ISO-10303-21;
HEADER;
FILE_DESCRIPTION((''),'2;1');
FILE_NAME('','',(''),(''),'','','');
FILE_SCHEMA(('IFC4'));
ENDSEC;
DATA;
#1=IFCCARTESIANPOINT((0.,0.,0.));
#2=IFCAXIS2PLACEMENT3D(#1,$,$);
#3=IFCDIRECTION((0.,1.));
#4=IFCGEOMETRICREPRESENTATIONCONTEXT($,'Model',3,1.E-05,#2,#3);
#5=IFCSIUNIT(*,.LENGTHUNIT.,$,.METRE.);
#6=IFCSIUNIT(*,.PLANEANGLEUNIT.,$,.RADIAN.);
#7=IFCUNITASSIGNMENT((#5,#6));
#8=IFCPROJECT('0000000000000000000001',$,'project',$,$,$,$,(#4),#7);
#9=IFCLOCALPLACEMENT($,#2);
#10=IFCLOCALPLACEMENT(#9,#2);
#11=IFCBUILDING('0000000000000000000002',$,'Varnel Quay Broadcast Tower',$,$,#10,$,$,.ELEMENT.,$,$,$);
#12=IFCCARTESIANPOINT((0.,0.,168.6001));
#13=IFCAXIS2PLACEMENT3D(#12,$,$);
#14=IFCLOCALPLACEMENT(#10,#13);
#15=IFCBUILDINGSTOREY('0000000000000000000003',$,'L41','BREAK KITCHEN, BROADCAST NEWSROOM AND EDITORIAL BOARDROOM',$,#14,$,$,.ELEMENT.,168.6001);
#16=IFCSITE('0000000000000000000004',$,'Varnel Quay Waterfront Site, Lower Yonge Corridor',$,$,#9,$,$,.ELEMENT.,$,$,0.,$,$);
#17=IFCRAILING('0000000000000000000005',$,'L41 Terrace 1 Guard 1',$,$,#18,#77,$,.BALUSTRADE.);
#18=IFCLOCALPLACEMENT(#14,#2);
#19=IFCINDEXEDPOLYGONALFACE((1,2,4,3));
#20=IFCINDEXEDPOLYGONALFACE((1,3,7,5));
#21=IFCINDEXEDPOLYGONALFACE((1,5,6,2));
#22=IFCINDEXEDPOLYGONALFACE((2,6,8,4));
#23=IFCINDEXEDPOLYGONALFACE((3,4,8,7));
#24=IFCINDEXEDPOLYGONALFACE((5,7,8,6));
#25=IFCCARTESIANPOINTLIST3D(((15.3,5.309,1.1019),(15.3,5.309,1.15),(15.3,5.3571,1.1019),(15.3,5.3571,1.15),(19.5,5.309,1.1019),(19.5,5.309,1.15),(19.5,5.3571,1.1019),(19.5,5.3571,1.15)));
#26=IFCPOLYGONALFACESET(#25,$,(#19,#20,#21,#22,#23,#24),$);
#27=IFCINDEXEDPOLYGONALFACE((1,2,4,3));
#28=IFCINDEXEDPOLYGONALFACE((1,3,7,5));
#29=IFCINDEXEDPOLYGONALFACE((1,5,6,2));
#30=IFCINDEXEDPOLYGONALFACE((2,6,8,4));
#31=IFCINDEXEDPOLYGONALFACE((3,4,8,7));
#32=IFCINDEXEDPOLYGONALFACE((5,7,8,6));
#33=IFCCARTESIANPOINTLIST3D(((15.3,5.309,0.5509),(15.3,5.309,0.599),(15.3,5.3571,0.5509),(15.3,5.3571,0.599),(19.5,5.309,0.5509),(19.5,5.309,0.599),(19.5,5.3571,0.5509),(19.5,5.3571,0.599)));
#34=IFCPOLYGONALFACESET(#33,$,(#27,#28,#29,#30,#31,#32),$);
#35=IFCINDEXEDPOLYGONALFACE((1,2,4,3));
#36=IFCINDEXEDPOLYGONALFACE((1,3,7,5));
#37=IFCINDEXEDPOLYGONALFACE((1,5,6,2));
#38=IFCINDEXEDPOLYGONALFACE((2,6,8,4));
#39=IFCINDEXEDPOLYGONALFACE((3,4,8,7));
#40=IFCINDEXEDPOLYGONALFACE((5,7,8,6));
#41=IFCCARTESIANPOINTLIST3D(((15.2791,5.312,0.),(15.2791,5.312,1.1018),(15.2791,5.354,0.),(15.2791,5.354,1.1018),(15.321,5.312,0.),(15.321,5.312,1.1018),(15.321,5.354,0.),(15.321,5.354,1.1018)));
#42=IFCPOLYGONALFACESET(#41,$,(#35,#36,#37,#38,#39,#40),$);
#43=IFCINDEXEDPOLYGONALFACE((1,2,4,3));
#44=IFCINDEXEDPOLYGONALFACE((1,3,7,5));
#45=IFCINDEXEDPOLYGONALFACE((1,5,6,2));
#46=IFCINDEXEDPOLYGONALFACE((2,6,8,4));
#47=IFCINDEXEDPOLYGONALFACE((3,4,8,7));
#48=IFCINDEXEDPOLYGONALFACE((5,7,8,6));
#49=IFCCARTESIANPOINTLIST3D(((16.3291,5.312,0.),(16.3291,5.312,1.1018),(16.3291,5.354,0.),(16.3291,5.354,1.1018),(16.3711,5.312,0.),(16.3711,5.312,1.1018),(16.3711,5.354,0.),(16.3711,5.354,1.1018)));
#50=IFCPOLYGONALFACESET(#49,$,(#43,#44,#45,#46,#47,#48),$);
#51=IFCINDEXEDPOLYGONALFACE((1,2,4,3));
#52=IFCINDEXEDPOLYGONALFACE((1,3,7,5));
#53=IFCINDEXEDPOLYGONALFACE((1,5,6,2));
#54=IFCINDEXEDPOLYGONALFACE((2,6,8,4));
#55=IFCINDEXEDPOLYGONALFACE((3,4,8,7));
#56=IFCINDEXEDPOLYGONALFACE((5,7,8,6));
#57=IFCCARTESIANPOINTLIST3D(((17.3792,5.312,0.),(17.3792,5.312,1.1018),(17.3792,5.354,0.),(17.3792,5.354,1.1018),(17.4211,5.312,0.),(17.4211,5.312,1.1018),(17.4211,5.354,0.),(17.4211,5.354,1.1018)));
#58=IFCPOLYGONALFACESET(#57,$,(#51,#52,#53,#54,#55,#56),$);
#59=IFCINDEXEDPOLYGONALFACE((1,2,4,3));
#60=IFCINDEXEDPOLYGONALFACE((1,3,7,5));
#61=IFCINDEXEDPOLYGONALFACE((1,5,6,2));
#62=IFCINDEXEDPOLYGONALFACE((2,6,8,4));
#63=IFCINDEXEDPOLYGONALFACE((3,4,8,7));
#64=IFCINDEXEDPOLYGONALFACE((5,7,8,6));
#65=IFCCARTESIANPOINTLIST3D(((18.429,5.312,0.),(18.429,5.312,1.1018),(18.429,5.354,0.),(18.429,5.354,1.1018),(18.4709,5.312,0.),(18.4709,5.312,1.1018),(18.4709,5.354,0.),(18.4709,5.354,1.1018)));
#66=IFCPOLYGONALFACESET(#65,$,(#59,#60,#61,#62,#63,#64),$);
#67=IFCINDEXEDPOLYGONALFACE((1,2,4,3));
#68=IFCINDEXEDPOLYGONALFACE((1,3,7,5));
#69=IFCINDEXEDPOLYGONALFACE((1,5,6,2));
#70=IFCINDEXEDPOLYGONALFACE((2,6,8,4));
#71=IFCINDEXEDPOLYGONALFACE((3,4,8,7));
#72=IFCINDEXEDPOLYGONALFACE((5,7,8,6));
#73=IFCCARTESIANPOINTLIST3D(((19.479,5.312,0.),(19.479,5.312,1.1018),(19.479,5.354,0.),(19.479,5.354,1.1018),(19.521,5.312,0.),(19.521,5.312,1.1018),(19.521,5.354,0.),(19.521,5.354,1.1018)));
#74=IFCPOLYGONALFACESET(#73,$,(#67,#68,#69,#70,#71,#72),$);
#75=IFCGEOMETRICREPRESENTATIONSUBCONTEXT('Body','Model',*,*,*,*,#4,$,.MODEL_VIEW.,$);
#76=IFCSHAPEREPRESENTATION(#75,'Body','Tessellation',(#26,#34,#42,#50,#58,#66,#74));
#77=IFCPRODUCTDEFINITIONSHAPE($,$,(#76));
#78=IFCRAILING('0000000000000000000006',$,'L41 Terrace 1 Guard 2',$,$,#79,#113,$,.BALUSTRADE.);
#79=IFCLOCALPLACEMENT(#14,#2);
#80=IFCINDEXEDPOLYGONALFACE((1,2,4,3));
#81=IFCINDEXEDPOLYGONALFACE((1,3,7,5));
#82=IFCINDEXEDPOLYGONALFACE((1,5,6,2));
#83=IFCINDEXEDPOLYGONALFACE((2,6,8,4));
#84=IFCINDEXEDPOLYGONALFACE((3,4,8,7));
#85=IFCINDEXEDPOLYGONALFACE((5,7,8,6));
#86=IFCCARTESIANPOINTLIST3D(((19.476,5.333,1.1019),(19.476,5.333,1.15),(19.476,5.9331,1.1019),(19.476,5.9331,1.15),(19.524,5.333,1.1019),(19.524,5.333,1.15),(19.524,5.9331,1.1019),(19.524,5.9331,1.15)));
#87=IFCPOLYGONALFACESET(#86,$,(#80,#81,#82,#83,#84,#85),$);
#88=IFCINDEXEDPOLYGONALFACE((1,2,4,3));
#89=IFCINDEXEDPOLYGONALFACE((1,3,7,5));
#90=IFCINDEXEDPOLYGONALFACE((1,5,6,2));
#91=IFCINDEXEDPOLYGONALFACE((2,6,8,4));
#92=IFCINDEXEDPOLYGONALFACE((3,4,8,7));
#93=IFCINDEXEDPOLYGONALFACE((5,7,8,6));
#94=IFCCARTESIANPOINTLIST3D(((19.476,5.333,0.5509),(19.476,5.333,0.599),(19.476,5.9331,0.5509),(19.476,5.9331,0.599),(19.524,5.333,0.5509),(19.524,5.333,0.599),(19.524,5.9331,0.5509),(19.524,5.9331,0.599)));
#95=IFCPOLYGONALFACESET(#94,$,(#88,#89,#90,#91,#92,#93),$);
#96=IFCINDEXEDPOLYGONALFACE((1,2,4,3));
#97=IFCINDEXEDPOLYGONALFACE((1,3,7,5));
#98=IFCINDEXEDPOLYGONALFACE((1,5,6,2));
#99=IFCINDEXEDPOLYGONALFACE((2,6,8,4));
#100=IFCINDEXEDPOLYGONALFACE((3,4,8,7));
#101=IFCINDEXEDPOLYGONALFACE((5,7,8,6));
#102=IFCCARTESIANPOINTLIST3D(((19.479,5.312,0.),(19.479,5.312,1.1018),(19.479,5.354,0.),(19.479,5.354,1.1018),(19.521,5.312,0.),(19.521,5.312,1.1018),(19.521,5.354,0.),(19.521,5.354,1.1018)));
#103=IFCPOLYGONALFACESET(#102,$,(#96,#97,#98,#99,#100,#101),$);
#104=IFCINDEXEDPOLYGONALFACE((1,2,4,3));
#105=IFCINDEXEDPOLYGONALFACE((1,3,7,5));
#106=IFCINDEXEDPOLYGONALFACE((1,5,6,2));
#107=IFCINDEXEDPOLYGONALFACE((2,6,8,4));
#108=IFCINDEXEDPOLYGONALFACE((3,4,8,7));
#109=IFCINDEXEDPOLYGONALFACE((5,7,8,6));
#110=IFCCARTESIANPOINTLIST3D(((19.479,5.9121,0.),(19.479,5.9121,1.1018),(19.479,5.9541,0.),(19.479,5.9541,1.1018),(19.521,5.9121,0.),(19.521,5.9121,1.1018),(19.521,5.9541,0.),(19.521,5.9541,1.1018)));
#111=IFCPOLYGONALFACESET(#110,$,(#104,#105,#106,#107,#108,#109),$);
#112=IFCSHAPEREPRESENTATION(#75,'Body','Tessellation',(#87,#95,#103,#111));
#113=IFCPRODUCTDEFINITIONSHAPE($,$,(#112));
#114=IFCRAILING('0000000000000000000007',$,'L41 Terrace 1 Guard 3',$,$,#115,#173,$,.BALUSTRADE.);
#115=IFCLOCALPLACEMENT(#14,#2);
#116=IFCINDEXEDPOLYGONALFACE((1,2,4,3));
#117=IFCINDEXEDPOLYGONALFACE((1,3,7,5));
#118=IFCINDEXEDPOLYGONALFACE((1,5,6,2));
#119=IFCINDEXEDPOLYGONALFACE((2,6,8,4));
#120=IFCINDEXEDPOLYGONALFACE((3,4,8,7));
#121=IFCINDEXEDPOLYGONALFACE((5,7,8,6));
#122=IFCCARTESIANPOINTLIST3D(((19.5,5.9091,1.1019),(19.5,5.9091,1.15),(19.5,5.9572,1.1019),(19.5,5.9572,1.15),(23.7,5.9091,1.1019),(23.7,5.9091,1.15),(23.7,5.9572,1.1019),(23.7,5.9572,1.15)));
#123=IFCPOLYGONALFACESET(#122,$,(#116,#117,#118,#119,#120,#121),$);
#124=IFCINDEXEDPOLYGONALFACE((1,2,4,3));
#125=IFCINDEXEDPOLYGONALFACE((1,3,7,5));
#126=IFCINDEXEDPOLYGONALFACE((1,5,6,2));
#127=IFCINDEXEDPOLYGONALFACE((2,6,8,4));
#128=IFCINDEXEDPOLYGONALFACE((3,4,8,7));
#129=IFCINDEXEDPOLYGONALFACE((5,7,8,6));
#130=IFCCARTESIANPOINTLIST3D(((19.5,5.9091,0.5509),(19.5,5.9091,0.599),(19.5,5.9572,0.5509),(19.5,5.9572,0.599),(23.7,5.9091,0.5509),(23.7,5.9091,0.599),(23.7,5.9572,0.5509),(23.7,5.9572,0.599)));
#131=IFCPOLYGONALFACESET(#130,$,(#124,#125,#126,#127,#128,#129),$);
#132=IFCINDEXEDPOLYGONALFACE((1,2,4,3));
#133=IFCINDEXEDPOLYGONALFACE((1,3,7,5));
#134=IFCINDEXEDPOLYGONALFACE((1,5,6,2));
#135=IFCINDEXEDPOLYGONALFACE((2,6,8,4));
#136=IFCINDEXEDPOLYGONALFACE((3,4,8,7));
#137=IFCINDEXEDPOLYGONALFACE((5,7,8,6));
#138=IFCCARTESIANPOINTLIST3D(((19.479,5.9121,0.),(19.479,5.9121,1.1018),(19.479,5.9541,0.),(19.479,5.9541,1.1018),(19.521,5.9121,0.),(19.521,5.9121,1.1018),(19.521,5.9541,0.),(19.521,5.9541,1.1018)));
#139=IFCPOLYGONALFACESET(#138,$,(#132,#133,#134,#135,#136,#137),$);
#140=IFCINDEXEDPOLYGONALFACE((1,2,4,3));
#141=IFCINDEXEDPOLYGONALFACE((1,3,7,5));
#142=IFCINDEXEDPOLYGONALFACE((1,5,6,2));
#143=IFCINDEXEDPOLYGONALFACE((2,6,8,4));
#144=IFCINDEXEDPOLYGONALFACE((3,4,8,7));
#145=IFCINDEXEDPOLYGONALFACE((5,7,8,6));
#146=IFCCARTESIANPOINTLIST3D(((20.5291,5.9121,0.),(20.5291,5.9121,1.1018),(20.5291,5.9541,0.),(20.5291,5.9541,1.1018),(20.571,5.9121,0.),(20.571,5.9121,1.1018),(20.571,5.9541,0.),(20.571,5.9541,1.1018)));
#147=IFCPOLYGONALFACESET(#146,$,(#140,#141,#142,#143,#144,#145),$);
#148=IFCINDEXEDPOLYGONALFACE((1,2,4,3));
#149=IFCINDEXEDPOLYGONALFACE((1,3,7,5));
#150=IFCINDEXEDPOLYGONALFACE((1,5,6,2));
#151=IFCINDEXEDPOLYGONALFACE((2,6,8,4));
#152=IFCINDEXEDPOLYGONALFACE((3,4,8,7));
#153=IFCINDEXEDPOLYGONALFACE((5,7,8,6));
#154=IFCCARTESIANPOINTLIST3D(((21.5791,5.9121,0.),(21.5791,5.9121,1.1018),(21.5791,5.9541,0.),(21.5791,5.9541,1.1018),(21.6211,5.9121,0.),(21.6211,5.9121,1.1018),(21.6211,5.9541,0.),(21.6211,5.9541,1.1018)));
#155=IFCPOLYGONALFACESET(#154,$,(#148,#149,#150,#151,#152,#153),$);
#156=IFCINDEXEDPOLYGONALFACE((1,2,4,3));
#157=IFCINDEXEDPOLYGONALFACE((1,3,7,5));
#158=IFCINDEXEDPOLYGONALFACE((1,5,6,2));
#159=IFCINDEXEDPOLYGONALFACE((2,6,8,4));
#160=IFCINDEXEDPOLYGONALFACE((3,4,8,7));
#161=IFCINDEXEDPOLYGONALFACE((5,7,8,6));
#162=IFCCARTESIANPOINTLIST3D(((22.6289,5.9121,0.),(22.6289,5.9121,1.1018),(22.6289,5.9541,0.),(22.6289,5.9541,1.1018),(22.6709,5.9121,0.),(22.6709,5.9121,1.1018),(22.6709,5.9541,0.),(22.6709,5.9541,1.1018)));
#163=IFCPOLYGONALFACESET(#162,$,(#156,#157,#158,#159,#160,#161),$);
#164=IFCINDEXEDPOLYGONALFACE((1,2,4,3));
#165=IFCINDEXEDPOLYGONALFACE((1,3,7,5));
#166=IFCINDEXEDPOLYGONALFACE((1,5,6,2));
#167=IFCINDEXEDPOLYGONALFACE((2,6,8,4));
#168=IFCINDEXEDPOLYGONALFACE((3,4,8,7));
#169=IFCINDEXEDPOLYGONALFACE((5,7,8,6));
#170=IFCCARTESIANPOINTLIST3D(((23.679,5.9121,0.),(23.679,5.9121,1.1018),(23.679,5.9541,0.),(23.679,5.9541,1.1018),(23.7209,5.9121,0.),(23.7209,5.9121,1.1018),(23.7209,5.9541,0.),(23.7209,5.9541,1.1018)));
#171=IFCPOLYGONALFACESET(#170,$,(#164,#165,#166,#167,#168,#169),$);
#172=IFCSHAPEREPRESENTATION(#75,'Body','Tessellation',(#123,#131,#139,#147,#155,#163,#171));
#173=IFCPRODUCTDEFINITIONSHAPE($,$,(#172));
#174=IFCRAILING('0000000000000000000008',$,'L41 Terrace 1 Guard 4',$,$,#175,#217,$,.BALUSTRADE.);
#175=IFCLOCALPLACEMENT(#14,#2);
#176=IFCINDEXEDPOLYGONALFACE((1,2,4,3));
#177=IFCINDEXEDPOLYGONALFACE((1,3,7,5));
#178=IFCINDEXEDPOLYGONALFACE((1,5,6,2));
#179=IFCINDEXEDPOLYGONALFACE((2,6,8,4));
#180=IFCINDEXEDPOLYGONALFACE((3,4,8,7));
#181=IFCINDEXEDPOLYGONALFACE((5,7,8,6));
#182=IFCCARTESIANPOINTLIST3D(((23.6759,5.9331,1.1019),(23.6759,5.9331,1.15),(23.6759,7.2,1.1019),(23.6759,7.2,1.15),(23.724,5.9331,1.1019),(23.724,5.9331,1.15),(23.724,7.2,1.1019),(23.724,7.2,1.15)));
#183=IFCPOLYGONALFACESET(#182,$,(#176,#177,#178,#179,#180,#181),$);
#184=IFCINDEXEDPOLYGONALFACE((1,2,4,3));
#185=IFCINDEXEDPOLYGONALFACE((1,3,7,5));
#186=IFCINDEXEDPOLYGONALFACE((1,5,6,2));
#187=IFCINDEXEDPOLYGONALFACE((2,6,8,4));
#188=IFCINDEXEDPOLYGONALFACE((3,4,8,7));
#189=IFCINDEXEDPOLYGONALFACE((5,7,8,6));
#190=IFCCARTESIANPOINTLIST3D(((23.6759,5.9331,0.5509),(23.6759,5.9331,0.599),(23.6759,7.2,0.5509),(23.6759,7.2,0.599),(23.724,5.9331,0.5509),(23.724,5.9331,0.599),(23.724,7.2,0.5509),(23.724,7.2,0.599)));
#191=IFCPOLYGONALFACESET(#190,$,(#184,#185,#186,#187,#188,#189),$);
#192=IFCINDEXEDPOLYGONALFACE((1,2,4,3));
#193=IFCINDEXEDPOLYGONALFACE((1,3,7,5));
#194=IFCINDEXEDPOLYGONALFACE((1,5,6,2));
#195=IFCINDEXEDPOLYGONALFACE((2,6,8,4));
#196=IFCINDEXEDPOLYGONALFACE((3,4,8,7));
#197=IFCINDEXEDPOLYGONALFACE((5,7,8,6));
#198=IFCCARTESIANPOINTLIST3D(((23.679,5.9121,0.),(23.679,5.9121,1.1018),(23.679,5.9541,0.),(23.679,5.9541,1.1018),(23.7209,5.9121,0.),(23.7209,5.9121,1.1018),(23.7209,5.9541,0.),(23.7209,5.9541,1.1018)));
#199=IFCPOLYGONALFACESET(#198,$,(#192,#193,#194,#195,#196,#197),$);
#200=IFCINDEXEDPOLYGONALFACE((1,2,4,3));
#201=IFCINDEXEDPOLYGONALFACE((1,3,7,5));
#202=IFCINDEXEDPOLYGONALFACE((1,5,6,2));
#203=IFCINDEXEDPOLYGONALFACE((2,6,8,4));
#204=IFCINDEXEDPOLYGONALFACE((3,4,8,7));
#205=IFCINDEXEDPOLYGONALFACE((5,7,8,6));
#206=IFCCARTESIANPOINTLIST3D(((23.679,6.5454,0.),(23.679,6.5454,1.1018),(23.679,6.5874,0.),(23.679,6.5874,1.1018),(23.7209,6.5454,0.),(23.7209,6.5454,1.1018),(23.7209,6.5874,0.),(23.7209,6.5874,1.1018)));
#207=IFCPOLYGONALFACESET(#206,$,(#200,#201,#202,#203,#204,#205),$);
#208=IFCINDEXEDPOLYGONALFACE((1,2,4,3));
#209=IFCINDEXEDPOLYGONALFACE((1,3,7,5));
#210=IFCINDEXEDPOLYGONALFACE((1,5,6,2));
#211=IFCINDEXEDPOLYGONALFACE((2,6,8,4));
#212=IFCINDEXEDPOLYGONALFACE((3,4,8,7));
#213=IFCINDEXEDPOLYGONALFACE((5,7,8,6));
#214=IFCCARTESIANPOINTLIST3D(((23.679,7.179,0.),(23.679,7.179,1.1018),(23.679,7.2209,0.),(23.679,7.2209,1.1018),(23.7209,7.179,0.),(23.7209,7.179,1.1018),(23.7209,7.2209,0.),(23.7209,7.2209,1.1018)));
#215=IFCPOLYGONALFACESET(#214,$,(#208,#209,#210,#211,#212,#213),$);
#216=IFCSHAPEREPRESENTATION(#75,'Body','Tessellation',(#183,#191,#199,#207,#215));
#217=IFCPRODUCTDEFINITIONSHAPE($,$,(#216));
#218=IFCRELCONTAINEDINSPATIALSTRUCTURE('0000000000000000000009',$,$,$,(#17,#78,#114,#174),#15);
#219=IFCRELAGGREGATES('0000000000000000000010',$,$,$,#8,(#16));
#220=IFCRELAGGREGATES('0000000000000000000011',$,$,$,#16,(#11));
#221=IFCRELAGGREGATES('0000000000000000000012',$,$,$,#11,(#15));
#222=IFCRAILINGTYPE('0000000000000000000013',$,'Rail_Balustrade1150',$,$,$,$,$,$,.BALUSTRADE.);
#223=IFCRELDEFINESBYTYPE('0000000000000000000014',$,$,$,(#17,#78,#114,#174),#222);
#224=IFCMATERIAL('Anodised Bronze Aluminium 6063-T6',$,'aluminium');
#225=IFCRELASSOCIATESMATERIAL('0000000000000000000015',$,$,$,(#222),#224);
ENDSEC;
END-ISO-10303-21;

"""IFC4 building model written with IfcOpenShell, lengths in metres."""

from ifc_helpers import new_model, si_unit, direction, frame, origin, origin_2d, place, context, subcontext, project, spatial, rectangle, extrude, material, type_object, element, save


model = new_model("IFC4")

# Units and contexts
model_context = context("Model", 3, precision=1e-05, world=origin(), true_north=direction((0.0, 1.0)))
body_context = subcontext(model_context, "Body", "Model", "MODEL_VIEW")
ifc_project = project(units=[si_unit("LENGTHUNIT", "METRE"), si_unit("PLANEANGLEUNIT", "RADIAN")], contexts=[model_context])

# Site, building, storey
site_placement = place(None, origin())
site = spatial("IfcSite", under=ifc_project, at=site_placement, Name="Varnel Quay Waterfront Site, Lower Yonge Corridor", CompositionType="ELEMENT", RefElevation=0.0)
building_placement = place(site_placement, origin())
building = spatial("IfcBuilding", under=site, at=building_placement, Name="Varnel Quay Broadcast Tower", CompositionType="ELEMENT")
storey_placement = place(building_placement, frame((0.0, 0.0, 168.6001)))
storey = spatial("IfcBuildingStorey", under=building, at=storey_placement, Name="L41", Description="BREAK KITCHEN, BROADCAST NEWSROOM AND EDITORIAL BOARDROOM", CompositionType="ELEMENT", Elevation=168.6001)

# Shared definitions
ifc_material_1 = material(Name="Anodised Bronze Aluminium 6063-T6", Category="aluminium")

# Railings
railing_type = type_object("IfcRailingType", Name="Rail_Balustrade1150", PredefinedType="BALUSTRADE", material=ifc_material_1)
railing_1_placement = place(storey_placement, frame((15.3, 5.333, 0.0)))
element("IfcRailing", 1, at=railing_1_placement, inside=storey, type_object=railing_type, Name="L41 Terrace 1 Guard 1", PredefinedType="BALUSTRADE", context=body_context, shape_type="SweptSolid", body=[
    extrude(rectangle(XDim=0.0481, YDim=0.0481, at=origin_2d()), frame((0.0, 0.0, 1.126), z_axis=(1.0, 0.0, 0.0), x_axis=(0.0, 1.0, 0.0)), (0.0, 0.0, 1.0), 4.2),
    extrude(rectangle(XDim=0.0481, YDim=0.0481, at=origin_2d()), frame((0.0, 0.0, 0.575), z_axis=(1.0, 0.0, 0.0), x_axis=(0.0, 1.0, 0.0)), (0.0, 0.0, 1.0), 4.2),
    extrude(rectangle(XDim=0.042, YDim=0.042, at=origin_2d()), origin(), (0.0, 0.0, 1.0), 1.1018),
    extrude(rectangle(XDim=0.042, YDim=0.042, at=origin_2d()), frame((1.05, 0.0, 0.0)), (0.0, 0.0, 1.0), 1.1018),
    extrude(rectangle(XDim=0.042, YDim=0.042, at=origin_2d()), frame((2.1001, 0.0, 0.0)), (0.0, 0.0, 1.0), 1.1018),
    extrude(rectangle(XDim=0.042, YDim=0.042, at=origin_2d()), frame((3.1499, 0.0, 0.0)), (0.0, 0.0, 1.0), 1.1018),
    extrude(rectangle(XDim=0.042, YDim=0.042, at=origin_2d()), frame((4.2, 0.0, 0.0)), (0.0, 0.0, 1.0), 1.1018),
])
railing_2_placement = place(storey_placement, frame((19.5, 5.333, 0.0)))
element("IfcRailing", 2, at=railing_2_placement, inside=storey, type_object=railing_type, Name="L41 Terrace 1 Guard 2", PredefinedType="BALUSTRADE", context=body_context, shape_type="SweptSolid", body=[
    extrude(rectangle(XDim=0.0481, YDim=0.0481, at=origin_2d()), frame((0.0, 0.0, 1.126), z_axis=(0.0, 1.0, 0.0), x_axis=(-1.0, 0.0, 0.0)), (0.0, 0.0, 1.0), 0.6001),
    extrude(rectangle(XDim=0.0481, YDim=0.0481, at=origin_2d()), frame((0.0, 0.0, 0.575), z_axis=(0.0, 1.0, 0.0), x_axis=(-1.0, 0.0, 0.0)), (0.0, 0.0, 1.0), 0.6001),
    extrude(rectangle(XDim=0.042, YDim=0.042, at=origin_2d()), origin(), (0.0, 0.0, 1.0), 1.1018),
    extrude(rectangle(XDim=0.042, YDim=0.042, at=origin_2d()), frame((0.0, 0.6001, 0.0)), (0.0, 0.0, 1.0), 1.1018),
])
railing_3_placement = place(storey_placement, frame((19.5, 5.9331, 0.0)))
element("IfcRailing", 3, at=railing_3_placement, inside=storey, type_object=railing_type, Name="L41 Terrace 1 Guard 3", PredefinedType="BALUSTRADE", context=body_context, shape_type="SweptSolid", body=[
    extrude(rectangle(XDim=0.0481, YDim=0.0481, at=origin_2d()), frame((0.0, 0.0, 1.126), z_axis=(1.0, 0.0, 0.0), x_axis=(0.0, 1.0, 0.0)), (0.0, 0.0, 1.0), 4.2),
    extrude(rectangle(XDim=0.0481, YDim=0.0481, at=origin_2d()), frame((0.0, 0.0, 0.575), z_axis=(1.0, 0.0, 0.0), x_axis=(0.0, 1.0, 0.0)), (0.0, 0.0, 1.0), 4.2),
    extrude(rectangle(XDim=0.042, YDim=0.042, at=origin_2d()), origin(), (0.0, 0.0, 1.0), 1.1018),
    extrude(rectangle(XDim=0.042, YDim=0.042, at=origin_2d()), frame((1.05, 0.0, 0.0)), (0.0, 0.0, 1.0), 1.1018),
    extrude(rectangle(XDim=0.042, YDim=0.042, at=origin_2d()), frame((2.1001, 0.0, 0.0)), (0.0, 0.0, 1.0), 1.1018),
    extrude(rectangle(XDim=0.042, YDim=0.042, at=origin_2d()), frame((3.1499, 0.0, 0.0)), (0.0, 0.0, 1.0), 1.1018),
    extrude(rectangle(XDim=0.042, YDim=0.042, at=origin_2d()), frame((4.2, 0.0, 0.0)), (0.0, 0.0, 1.0), 1.1018),
])
railing_4_placement = place(storey_placement, frame((23.7, 5.9331, 0.0)))
element("IfcRailing", 4, at=railing_4_placement, inside=storey, type_object=railing_type, Name="L41 Terrace 1 Guard 4", PredefinedType="BALUSTRADE", context=body_context, shape_type="SweptSolid", body=[
    extrude(rectangle(XDim=0.0481, YDim=0.0481, at=origin_2d()), frame((0.0, 0.0, 1.126), z_axis=(0.0, 1.0, 0.0), x_axis=(-1.0, 0.0, 0.0)), (0.0, 0.0, 1.0), 1.2668),
    extrude(rectangle(XDim=0.0481, YDim=0.0481, at=origin_2d()), frame((0.0, 0.0, 0.575), z_axis=(0.0, 1.0, 0.0), x_axis=(-1.0, 0.0, 0.0)), (0.0, 0.0, 1.0), 1.2668),
    extrude(rectangle(XDim=0.042, YDim=0.042, at=origin_2d()), origin(), (0.0, 0.0, 1.0), 1.1018),
    extrude(rectangle(XDim=0.042, YDim=0.042, at=origin_2d()), frame((0.0, 0.6333, 0.0)), (0.0, 0.0, 1.0), 1.1018),
    extrude(rectangle(XDim=0.042, YDim=0.042, at=origin_2d()), frame((0.0, 1.2668, 0.0)), (0.0, 0.0, 1.0), 1.1018),
])

save(model, "model.ifc")
